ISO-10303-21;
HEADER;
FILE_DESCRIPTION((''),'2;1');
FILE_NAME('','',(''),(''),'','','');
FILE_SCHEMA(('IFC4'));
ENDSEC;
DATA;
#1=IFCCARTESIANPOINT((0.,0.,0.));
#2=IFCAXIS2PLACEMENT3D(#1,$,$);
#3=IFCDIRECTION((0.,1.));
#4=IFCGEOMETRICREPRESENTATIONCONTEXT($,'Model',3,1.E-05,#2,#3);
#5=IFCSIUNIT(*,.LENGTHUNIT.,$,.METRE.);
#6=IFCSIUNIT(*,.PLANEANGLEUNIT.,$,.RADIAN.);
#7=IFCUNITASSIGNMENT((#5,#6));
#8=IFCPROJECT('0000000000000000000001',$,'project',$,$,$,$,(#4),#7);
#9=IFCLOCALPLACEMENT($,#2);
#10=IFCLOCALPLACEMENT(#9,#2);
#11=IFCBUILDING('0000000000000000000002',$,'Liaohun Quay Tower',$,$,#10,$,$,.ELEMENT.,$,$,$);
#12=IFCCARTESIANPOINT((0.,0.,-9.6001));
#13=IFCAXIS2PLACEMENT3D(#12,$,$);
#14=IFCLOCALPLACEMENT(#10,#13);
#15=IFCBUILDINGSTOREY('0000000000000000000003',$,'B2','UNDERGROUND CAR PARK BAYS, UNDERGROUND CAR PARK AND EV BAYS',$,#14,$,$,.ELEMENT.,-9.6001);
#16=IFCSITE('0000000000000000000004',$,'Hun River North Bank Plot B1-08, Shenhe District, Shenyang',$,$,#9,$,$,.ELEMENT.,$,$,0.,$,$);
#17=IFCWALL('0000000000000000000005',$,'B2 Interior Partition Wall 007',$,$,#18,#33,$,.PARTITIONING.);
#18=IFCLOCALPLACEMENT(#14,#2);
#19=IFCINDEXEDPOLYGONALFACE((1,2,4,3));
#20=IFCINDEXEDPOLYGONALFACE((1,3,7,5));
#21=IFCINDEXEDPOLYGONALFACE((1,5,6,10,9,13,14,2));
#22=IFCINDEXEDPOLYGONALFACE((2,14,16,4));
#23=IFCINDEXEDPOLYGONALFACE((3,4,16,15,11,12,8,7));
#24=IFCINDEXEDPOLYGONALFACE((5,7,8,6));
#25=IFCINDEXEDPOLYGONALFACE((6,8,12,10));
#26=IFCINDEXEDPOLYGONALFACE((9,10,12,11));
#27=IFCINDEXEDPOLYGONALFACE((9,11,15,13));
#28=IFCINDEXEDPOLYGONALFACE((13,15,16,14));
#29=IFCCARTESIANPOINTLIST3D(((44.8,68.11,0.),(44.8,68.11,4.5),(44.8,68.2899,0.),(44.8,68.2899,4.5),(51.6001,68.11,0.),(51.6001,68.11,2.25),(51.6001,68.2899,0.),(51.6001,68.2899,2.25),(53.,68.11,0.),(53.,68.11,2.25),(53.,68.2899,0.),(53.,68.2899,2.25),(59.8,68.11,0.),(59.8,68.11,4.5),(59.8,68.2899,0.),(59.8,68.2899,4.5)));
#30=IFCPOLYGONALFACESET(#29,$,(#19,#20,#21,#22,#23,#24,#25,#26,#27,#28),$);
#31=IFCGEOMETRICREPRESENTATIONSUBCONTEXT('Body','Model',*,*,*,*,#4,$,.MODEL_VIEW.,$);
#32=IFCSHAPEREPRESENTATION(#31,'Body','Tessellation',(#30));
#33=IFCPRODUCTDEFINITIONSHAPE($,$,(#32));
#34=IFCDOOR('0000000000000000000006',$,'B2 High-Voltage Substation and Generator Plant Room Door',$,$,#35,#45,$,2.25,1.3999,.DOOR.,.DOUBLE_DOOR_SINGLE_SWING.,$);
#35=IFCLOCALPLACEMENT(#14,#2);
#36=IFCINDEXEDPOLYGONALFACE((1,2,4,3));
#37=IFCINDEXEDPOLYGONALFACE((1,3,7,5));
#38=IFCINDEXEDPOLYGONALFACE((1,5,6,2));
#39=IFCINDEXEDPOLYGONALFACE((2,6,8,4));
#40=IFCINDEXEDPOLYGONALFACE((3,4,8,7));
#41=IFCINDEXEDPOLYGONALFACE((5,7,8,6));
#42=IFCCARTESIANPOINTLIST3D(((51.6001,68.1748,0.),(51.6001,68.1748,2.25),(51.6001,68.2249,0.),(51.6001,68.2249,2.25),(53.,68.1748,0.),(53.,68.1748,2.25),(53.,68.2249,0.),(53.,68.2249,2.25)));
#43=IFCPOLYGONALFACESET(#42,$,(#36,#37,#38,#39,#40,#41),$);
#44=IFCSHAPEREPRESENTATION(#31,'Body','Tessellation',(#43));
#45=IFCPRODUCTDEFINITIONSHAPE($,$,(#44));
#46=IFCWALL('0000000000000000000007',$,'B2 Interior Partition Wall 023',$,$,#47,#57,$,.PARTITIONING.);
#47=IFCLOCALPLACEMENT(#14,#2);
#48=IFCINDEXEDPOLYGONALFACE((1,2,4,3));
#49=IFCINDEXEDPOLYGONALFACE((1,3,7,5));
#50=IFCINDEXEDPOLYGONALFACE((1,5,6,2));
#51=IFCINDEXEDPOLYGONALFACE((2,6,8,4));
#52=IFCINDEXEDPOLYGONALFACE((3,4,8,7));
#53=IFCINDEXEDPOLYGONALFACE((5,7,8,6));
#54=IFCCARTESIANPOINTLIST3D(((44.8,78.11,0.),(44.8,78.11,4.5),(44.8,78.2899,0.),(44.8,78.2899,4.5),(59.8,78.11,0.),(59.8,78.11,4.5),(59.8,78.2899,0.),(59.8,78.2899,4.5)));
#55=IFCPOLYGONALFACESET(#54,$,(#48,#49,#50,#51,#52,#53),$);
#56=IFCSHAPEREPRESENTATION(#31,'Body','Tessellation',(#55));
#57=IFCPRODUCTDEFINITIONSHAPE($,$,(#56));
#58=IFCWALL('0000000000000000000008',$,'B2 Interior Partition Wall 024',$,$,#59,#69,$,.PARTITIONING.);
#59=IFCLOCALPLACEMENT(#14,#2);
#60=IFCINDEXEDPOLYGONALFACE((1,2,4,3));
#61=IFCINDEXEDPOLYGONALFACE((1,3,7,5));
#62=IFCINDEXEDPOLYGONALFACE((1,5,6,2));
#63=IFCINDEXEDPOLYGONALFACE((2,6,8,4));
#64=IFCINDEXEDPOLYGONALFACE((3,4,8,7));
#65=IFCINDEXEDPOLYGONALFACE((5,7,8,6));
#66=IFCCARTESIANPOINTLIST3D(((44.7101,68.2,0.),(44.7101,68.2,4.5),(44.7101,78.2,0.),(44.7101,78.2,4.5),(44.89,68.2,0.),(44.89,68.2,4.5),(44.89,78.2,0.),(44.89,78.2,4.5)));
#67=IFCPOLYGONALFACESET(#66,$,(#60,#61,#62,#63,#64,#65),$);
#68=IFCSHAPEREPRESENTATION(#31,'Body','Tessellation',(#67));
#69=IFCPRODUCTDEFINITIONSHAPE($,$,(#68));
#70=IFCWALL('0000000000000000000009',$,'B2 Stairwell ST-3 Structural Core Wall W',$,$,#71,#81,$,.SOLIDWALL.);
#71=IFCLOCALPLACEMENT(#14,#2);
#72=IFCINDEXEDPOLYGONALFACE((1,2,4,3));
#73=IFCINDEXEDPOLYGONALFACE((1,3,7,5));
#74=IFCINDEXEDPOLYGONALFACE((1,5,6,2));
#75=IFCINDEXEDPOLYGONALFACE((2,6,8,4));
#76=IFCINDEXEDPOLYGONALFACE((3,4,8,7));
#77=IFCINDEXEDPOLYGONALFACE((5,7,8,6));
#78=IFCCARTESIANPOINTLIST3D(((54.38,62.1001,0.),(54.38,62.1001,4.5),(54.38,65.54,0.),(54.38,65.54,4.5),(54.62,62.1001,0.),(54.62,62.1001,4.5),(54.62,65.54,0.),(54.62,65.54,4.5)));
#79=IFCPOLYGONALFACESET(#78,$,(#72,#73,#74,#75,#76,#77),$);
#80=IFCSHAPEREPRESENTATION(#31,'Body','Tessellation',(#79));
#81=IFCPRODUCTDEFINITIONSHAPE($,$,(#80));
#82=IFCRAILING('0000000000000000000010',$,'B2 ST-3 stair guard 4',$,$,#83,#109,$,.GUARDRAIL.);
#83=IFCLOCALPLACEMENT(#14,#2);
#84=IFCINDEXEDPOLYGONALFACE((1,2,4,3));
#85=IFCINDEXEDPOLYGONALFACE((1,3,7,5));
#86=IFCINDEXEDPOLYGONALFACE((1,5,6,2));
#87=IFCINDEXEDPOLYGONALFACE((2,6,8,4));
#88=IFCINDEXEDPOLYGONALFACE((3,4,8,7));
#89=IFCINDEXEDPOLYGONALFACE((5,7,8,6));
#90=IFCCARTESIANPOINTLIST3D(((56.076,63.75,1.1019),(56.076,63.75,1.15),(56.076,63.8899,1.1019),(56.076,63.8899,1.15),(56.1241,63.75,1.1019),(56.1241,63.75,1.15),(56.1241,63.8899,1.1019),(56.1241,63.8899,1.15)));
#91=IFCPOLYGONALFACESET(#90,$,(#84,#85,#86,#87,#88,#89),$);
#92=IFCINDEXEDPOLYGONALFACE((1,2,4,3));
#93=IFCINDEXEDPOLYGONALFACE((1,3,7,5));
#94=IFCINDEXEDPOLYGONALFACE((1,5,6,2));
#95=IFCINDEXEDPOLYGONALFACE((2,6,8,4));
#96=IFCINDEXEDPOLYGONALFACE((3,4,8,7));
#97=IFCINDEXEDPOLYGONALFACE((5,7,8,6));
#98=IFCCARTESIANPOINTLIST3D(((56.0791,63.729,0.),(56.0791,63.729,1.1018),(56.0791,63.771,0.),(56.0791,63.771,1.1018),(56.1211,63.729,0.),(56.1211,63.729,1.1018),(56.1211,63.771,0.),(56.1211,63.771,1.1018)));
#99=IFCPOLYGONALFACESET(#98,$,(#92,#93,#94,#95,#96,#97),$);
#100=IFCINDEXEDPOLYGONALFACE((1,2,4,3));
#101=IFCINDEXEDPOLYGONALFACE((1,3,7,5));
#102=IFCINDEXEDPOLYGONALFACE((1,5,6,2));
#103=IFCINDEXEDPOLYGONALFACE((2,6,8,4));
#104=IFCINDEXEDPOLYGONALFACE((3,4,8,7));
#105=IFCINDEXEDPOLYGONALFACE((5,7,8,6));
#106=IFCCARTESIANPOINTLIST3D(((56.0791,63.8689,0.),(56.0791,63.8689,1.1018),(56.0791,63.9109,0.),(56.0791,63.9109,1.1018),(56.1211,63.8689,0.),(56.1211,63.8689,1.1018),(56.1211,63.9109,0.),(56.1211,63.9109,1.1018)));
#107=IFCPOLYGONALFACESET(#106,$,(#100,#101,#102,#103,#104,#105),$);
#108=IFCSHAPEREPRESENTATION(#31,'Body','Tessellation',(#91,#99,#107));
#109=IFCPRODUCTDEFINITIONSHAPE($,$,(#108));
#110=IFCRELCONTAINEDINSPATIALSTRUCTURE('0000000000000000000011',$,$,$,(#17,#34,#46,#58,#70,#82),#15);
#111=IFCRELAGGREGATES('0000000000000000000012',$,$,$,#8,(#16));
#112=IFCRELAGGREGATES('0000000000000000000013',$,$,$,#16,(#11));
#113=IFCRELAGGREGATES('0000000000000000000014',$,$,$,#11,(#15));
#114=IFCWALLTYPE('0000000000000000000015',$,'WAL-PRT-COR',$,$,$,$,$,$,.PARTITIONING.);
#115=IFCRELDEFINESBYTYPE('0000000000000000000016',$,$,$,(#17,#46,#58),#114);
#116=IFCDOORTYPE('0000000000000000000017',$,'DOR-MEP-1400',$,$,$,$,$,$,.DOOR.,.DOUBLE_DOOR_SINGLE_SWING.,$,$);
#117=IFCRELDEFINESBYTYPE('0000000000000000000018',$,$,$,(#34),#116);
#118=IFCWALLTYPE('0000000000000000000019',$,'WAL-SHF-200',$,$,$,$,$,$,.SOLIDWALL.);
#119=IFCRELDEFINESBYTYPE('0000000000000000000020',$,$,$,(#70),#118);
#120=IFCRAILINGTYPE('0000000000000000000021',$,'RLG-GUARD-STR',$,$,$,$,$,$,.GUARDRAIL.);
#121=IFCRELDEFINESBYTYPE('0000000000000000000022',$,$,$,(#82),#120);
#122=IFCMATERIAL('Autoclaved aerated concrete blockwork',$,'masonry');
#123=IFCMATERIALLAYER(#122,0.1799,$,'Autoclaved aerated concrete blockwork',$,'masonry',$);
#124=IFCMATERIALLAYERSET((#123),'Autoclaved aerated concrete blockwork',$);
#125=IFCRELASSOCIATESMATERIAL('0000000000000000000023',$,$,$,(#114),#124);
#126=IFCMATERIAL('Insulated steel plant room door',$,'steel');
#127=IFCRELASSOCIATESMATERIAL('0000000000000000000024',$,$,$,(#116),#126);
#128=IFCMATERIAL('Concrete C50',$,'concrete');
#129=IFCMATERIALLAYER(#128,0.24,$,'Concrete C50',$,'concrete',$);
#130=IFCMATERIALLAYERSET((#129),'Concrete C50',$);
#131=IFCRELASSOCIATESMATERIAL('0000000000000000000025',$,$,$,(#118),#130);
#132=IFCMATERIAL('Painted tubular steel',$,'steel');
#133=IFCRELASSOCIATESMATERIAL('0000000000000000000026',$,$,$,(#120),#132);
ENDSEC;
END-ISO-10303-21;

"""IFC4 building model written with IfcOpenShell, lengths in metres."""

from ifc_helpers import new_model, si_unit, direction, frame, frame_2d, origin, origin_2d, place, context, subcontext, project, spatial, rectangle, extrude, source, transform, mapped, material, layer, layer_set, type_object, element, fill, save


model = new_model("IFC4")

# Units and contexts
model_context = context("Model", 3, precision=1e-05, world=origin(), true_north=direction((0.0, 1.0)))
body_context = subcontext(model_context, "Body", "Model", "MODEL_VIEW")
ifc_project = project(units=[si_unit("LENGTHUNIT", "METRE"), si_unit("PLANEANGLEUNIT", "RADIAN")], contexts=[model_context])

# Site, building, storey
site_placement = place(None, origin())
site = spatial("IfcSite", under=ifc_project, at=site_placement, Name="Hun River North Bank Plot B1-08, Shenhe District, Shenyang", CompositionType="ELEMENT", RefElevation=0.0)
building_placement = place(site_placement, origin())
building = spatial("IfcBuilding", under=site, at=building_placement, Name="Liaohun Quay Tower", CompositionType="ELEMENT")
storey_placement = place(building_placement, frame((0.0, 0.0, -9.6001)))
storey = spatial("IfcBuildingStorey", under=building, at=storey_placement, Name="B2", Description="UNDERGROUND CAR PARK BAYS, UNDERGROUND CAR PARK AND EV BAYS", CompositionType="ELEMENT", Elevation=-9.6001)

# Shared definitions
ifc_material_1 = material(Name="Concrete C50", Category="concrete")

# Wall, opening, door
ifc_material_2 = material(Name="Autoclaved aerated concrete blockwork", Category="masonry")
ifc_layer_1 = layer(ifc_material_2, 0.1799, Name="Autoclaved aerated concrete blockwork", Category="masonry")
ifc_layer_set_1 = layer_set([ifc_layer_1], Name="Autoclaved aerated concrete blockwork")
wall_type_1 = type_object("IfcWallType", Name="WAL-PRT-COR", PredefinedType="PARTITIONING", material=ifc_layer_set_1)
wall_1_placement = place(storey_placement, frame((44.8, 68.2, 0.0), z_axis=(0.0, 0.0, 1.0), x_axis=(1.0, 0.0, 0.0)))
wall_1 = element("IfcWall", 1, at=wall_1_placement, inside=storey, type_object=wall_type_1, Name="B2 Interior Partition Wall 007", PredefinedType="PARTITIONING", context=body_context, shape_type="SweptSolid", body=[
    extrude(rectangle(XDim=15.0, YDim=0.1799, at=frame_2d((7.5, 0.0))), origin(), (0.0, 0.0, 1.0), 4.5),
])
shared_shape_1 = source(origin(), body_context, "Body", "SweptSolid", [
    extrude(rectangle(XDim=1.3999, YDim=2.25, at=frame_2d((0.7, 1.125))), frame((0.0, 0.0999, 0.0), z_axis=(0.0, -1.0, 0.0), x_axis=(1.0, 0.0, 0.0)), (0.0, 0.0, 1.0), 0.2),
])
opening_placement = place(wall_1_placement, frame((6.8, 0.0, 0.0)))
opening = element("IfcOpeningElement", 2, at=opening_placement, cuts=wall_1, PredefinedType="OPENING", context=body_context, shape_type="MappedRepresentation", body=[
    mapped(shared_shape_1, transform((0.0, 0.0, 0.0), x_axis=(1.0, 0.0, 0.0), y_axis=(0.0, 1.0, 0.0), z_axis=(0.0, 0.0, 1.0), scale=1.0)),
])
ifc_material_3 = material(Name="Insulated steel plant room door", Category="steel")
door_type = type_object("IfcDoorType", Name="DOR-MEP-1400", OperationType="DOUBLE_DOOR_SINGLE_SWING", PredefinedType="DOOR", material=ifc_material_3)
shared_shape_2 = source(origin(), body_context, "Body", "SweptSolid", [
    extrude(rectangle(XDim=1.3999, YDim=2.25, at=frame_2d((0.7, 1.125))), frame((0.0, 0.0249, 0.0), z_axis=(0.0, -1.0, 0.0), x_axis=(1.0, 0.0, 0.0)), (0.0, 0.0, 1.0), 0.05),
])
door_placement = place(opening_placement, origin())
door = element("IfcDoor", 3, at=door_placement, inside=storey, type_object=door_type, Name="B2 High-Voltage Substation and Generator Plant Room Door", OperationType="DOUBLE_DOOR_SINGLE_SWING", OverallHeight=2.25, OverallWidth=1.3999, PredefinedType="DOOR", context=body_context, shape_type="MappedRepresentation", body=[
    mapped(shared_shape_2, transform((0.0, 0.0, 0.0), x_axis=(1.0, 0.0, 0.0), y_axis=(0.0, 1.0, 0.0), z_axis=(0.0, 0.0, 1.0), scale=1.0)),
])
fill(opening, door)

# Walls
wall_2_placement = place(storey_placement, frame((44.8, 78.2, 0.0), z_axis=(0.0, 0.0, 1.0), x_axis=(1.0, 0.0, 0.0)))
element("IfcWall", 4, at=wall_2_placement, inside=storey, type_object=wall_type_1, Name="B2 Interior Partition Wall 023", PredefinedType="PARTITIONING", context=body_context, shape_type="SweptSolid", body=[
    extrude(rectangle(XDim=15.0, YDim=0.1799, at=frame_2d((7.5, 0.0))), origin(), (0.0, 0.0, 1.0), 4.5),
])
wall_3_placement = place(storey_placement, frame((44.8, 68.2, 0.0), z_axis=(0.0, 0.0, 1.0), x_axis=(0.0, 1.0, 0.0)))
element("IfcWall", 5, at=wall_3_placement, inside=storey, type_object=wall_type_1, Name="B2 Interior Partition Wall 024", PredefinedType="PARTITIONING", context=body_context, shape_type="SweptSolid", body=[
    extrude(rectangle(XDim=10.0, YDim=0.1799, at=frame_2d((5.0, 0.0))), origin(), (0.0, 0.0, 1.0), 4.5),
])
ifc_layer_2 = layer(ifc_material_1, 0.24, Name="Concrete C50", Category="concrete")
ifc_layer_set_2 = layer_set([ifc_layer_2], Name="Concrete C50")
wall_type_2 = type_object("IfcWallType", Name="WAL-SHF-200", PredefinedType="SOLIDWALL", material=ifc_layer_set_2)
wall_4_placement = place(storey_placement, frame((54.5, 65.54, 0.0), z_axis=(0.0, 0.0, 1.0), x_axis=(0.0, -1.0, 0.0)))
element("IfcWall", 6, at=wall_4_placement, inside=storey, type_object=wall_type_2, Name="B2 Stairwell ST-3 Structural Core Wall W", PredefinedType="SOLIDWALL", context=body_context, shape_type="SweptSolid", body=[
    extrude(rectangle(XDim=3.4399, YDim=0.24, at=frame_2d((1.72, 0.0))), origin(), (0.0, 0.0, 1.0), 4.5),
])

# Railing
ifc_material_4 = material(Name="Painted tubular steel", Category="steel")
railing_type = type_object("IfcRailingType", Name="RLG-GUARD-STR", PredefinedType="GUARDRAIL", material=ifc_material_4)
railing_placement = place(storey_placement, frame((56.1001, 63.75, 0.0)))
element("IfcRailing", 7, at=railing_placement, inside=storey, type_object=railing_type, Name="B2 ST-3 stair guard 4", PredefinedType="GUARDRAIL", context=body_context, shape_type="SweptSolid", body=[
    extrude(rectangle(XDim=0.0481, YDim=0.0481, at=origin_2d()), frame((0.0, 0.0, 1.126), z_axis=(0.0, 1.0, 0.0), x_axis=(-1.0, 0.0, 0.0)), (0.0, 0.0, 1.0), 0.1399),
    extrude(rectangle(XDim=0.042, YDim=0.042, at=origin_2d()), origin(), (0.0, 0.0, 1.0), 1.1018),
    extrude(rectangle(XDim=0.042, YDim=0.042, at=origin_2d()), frame((0.0, 0.1399, 0.0)), (0.0, 0.0, 1.0), 1.1018),
])

save(model, "model.ifc")
